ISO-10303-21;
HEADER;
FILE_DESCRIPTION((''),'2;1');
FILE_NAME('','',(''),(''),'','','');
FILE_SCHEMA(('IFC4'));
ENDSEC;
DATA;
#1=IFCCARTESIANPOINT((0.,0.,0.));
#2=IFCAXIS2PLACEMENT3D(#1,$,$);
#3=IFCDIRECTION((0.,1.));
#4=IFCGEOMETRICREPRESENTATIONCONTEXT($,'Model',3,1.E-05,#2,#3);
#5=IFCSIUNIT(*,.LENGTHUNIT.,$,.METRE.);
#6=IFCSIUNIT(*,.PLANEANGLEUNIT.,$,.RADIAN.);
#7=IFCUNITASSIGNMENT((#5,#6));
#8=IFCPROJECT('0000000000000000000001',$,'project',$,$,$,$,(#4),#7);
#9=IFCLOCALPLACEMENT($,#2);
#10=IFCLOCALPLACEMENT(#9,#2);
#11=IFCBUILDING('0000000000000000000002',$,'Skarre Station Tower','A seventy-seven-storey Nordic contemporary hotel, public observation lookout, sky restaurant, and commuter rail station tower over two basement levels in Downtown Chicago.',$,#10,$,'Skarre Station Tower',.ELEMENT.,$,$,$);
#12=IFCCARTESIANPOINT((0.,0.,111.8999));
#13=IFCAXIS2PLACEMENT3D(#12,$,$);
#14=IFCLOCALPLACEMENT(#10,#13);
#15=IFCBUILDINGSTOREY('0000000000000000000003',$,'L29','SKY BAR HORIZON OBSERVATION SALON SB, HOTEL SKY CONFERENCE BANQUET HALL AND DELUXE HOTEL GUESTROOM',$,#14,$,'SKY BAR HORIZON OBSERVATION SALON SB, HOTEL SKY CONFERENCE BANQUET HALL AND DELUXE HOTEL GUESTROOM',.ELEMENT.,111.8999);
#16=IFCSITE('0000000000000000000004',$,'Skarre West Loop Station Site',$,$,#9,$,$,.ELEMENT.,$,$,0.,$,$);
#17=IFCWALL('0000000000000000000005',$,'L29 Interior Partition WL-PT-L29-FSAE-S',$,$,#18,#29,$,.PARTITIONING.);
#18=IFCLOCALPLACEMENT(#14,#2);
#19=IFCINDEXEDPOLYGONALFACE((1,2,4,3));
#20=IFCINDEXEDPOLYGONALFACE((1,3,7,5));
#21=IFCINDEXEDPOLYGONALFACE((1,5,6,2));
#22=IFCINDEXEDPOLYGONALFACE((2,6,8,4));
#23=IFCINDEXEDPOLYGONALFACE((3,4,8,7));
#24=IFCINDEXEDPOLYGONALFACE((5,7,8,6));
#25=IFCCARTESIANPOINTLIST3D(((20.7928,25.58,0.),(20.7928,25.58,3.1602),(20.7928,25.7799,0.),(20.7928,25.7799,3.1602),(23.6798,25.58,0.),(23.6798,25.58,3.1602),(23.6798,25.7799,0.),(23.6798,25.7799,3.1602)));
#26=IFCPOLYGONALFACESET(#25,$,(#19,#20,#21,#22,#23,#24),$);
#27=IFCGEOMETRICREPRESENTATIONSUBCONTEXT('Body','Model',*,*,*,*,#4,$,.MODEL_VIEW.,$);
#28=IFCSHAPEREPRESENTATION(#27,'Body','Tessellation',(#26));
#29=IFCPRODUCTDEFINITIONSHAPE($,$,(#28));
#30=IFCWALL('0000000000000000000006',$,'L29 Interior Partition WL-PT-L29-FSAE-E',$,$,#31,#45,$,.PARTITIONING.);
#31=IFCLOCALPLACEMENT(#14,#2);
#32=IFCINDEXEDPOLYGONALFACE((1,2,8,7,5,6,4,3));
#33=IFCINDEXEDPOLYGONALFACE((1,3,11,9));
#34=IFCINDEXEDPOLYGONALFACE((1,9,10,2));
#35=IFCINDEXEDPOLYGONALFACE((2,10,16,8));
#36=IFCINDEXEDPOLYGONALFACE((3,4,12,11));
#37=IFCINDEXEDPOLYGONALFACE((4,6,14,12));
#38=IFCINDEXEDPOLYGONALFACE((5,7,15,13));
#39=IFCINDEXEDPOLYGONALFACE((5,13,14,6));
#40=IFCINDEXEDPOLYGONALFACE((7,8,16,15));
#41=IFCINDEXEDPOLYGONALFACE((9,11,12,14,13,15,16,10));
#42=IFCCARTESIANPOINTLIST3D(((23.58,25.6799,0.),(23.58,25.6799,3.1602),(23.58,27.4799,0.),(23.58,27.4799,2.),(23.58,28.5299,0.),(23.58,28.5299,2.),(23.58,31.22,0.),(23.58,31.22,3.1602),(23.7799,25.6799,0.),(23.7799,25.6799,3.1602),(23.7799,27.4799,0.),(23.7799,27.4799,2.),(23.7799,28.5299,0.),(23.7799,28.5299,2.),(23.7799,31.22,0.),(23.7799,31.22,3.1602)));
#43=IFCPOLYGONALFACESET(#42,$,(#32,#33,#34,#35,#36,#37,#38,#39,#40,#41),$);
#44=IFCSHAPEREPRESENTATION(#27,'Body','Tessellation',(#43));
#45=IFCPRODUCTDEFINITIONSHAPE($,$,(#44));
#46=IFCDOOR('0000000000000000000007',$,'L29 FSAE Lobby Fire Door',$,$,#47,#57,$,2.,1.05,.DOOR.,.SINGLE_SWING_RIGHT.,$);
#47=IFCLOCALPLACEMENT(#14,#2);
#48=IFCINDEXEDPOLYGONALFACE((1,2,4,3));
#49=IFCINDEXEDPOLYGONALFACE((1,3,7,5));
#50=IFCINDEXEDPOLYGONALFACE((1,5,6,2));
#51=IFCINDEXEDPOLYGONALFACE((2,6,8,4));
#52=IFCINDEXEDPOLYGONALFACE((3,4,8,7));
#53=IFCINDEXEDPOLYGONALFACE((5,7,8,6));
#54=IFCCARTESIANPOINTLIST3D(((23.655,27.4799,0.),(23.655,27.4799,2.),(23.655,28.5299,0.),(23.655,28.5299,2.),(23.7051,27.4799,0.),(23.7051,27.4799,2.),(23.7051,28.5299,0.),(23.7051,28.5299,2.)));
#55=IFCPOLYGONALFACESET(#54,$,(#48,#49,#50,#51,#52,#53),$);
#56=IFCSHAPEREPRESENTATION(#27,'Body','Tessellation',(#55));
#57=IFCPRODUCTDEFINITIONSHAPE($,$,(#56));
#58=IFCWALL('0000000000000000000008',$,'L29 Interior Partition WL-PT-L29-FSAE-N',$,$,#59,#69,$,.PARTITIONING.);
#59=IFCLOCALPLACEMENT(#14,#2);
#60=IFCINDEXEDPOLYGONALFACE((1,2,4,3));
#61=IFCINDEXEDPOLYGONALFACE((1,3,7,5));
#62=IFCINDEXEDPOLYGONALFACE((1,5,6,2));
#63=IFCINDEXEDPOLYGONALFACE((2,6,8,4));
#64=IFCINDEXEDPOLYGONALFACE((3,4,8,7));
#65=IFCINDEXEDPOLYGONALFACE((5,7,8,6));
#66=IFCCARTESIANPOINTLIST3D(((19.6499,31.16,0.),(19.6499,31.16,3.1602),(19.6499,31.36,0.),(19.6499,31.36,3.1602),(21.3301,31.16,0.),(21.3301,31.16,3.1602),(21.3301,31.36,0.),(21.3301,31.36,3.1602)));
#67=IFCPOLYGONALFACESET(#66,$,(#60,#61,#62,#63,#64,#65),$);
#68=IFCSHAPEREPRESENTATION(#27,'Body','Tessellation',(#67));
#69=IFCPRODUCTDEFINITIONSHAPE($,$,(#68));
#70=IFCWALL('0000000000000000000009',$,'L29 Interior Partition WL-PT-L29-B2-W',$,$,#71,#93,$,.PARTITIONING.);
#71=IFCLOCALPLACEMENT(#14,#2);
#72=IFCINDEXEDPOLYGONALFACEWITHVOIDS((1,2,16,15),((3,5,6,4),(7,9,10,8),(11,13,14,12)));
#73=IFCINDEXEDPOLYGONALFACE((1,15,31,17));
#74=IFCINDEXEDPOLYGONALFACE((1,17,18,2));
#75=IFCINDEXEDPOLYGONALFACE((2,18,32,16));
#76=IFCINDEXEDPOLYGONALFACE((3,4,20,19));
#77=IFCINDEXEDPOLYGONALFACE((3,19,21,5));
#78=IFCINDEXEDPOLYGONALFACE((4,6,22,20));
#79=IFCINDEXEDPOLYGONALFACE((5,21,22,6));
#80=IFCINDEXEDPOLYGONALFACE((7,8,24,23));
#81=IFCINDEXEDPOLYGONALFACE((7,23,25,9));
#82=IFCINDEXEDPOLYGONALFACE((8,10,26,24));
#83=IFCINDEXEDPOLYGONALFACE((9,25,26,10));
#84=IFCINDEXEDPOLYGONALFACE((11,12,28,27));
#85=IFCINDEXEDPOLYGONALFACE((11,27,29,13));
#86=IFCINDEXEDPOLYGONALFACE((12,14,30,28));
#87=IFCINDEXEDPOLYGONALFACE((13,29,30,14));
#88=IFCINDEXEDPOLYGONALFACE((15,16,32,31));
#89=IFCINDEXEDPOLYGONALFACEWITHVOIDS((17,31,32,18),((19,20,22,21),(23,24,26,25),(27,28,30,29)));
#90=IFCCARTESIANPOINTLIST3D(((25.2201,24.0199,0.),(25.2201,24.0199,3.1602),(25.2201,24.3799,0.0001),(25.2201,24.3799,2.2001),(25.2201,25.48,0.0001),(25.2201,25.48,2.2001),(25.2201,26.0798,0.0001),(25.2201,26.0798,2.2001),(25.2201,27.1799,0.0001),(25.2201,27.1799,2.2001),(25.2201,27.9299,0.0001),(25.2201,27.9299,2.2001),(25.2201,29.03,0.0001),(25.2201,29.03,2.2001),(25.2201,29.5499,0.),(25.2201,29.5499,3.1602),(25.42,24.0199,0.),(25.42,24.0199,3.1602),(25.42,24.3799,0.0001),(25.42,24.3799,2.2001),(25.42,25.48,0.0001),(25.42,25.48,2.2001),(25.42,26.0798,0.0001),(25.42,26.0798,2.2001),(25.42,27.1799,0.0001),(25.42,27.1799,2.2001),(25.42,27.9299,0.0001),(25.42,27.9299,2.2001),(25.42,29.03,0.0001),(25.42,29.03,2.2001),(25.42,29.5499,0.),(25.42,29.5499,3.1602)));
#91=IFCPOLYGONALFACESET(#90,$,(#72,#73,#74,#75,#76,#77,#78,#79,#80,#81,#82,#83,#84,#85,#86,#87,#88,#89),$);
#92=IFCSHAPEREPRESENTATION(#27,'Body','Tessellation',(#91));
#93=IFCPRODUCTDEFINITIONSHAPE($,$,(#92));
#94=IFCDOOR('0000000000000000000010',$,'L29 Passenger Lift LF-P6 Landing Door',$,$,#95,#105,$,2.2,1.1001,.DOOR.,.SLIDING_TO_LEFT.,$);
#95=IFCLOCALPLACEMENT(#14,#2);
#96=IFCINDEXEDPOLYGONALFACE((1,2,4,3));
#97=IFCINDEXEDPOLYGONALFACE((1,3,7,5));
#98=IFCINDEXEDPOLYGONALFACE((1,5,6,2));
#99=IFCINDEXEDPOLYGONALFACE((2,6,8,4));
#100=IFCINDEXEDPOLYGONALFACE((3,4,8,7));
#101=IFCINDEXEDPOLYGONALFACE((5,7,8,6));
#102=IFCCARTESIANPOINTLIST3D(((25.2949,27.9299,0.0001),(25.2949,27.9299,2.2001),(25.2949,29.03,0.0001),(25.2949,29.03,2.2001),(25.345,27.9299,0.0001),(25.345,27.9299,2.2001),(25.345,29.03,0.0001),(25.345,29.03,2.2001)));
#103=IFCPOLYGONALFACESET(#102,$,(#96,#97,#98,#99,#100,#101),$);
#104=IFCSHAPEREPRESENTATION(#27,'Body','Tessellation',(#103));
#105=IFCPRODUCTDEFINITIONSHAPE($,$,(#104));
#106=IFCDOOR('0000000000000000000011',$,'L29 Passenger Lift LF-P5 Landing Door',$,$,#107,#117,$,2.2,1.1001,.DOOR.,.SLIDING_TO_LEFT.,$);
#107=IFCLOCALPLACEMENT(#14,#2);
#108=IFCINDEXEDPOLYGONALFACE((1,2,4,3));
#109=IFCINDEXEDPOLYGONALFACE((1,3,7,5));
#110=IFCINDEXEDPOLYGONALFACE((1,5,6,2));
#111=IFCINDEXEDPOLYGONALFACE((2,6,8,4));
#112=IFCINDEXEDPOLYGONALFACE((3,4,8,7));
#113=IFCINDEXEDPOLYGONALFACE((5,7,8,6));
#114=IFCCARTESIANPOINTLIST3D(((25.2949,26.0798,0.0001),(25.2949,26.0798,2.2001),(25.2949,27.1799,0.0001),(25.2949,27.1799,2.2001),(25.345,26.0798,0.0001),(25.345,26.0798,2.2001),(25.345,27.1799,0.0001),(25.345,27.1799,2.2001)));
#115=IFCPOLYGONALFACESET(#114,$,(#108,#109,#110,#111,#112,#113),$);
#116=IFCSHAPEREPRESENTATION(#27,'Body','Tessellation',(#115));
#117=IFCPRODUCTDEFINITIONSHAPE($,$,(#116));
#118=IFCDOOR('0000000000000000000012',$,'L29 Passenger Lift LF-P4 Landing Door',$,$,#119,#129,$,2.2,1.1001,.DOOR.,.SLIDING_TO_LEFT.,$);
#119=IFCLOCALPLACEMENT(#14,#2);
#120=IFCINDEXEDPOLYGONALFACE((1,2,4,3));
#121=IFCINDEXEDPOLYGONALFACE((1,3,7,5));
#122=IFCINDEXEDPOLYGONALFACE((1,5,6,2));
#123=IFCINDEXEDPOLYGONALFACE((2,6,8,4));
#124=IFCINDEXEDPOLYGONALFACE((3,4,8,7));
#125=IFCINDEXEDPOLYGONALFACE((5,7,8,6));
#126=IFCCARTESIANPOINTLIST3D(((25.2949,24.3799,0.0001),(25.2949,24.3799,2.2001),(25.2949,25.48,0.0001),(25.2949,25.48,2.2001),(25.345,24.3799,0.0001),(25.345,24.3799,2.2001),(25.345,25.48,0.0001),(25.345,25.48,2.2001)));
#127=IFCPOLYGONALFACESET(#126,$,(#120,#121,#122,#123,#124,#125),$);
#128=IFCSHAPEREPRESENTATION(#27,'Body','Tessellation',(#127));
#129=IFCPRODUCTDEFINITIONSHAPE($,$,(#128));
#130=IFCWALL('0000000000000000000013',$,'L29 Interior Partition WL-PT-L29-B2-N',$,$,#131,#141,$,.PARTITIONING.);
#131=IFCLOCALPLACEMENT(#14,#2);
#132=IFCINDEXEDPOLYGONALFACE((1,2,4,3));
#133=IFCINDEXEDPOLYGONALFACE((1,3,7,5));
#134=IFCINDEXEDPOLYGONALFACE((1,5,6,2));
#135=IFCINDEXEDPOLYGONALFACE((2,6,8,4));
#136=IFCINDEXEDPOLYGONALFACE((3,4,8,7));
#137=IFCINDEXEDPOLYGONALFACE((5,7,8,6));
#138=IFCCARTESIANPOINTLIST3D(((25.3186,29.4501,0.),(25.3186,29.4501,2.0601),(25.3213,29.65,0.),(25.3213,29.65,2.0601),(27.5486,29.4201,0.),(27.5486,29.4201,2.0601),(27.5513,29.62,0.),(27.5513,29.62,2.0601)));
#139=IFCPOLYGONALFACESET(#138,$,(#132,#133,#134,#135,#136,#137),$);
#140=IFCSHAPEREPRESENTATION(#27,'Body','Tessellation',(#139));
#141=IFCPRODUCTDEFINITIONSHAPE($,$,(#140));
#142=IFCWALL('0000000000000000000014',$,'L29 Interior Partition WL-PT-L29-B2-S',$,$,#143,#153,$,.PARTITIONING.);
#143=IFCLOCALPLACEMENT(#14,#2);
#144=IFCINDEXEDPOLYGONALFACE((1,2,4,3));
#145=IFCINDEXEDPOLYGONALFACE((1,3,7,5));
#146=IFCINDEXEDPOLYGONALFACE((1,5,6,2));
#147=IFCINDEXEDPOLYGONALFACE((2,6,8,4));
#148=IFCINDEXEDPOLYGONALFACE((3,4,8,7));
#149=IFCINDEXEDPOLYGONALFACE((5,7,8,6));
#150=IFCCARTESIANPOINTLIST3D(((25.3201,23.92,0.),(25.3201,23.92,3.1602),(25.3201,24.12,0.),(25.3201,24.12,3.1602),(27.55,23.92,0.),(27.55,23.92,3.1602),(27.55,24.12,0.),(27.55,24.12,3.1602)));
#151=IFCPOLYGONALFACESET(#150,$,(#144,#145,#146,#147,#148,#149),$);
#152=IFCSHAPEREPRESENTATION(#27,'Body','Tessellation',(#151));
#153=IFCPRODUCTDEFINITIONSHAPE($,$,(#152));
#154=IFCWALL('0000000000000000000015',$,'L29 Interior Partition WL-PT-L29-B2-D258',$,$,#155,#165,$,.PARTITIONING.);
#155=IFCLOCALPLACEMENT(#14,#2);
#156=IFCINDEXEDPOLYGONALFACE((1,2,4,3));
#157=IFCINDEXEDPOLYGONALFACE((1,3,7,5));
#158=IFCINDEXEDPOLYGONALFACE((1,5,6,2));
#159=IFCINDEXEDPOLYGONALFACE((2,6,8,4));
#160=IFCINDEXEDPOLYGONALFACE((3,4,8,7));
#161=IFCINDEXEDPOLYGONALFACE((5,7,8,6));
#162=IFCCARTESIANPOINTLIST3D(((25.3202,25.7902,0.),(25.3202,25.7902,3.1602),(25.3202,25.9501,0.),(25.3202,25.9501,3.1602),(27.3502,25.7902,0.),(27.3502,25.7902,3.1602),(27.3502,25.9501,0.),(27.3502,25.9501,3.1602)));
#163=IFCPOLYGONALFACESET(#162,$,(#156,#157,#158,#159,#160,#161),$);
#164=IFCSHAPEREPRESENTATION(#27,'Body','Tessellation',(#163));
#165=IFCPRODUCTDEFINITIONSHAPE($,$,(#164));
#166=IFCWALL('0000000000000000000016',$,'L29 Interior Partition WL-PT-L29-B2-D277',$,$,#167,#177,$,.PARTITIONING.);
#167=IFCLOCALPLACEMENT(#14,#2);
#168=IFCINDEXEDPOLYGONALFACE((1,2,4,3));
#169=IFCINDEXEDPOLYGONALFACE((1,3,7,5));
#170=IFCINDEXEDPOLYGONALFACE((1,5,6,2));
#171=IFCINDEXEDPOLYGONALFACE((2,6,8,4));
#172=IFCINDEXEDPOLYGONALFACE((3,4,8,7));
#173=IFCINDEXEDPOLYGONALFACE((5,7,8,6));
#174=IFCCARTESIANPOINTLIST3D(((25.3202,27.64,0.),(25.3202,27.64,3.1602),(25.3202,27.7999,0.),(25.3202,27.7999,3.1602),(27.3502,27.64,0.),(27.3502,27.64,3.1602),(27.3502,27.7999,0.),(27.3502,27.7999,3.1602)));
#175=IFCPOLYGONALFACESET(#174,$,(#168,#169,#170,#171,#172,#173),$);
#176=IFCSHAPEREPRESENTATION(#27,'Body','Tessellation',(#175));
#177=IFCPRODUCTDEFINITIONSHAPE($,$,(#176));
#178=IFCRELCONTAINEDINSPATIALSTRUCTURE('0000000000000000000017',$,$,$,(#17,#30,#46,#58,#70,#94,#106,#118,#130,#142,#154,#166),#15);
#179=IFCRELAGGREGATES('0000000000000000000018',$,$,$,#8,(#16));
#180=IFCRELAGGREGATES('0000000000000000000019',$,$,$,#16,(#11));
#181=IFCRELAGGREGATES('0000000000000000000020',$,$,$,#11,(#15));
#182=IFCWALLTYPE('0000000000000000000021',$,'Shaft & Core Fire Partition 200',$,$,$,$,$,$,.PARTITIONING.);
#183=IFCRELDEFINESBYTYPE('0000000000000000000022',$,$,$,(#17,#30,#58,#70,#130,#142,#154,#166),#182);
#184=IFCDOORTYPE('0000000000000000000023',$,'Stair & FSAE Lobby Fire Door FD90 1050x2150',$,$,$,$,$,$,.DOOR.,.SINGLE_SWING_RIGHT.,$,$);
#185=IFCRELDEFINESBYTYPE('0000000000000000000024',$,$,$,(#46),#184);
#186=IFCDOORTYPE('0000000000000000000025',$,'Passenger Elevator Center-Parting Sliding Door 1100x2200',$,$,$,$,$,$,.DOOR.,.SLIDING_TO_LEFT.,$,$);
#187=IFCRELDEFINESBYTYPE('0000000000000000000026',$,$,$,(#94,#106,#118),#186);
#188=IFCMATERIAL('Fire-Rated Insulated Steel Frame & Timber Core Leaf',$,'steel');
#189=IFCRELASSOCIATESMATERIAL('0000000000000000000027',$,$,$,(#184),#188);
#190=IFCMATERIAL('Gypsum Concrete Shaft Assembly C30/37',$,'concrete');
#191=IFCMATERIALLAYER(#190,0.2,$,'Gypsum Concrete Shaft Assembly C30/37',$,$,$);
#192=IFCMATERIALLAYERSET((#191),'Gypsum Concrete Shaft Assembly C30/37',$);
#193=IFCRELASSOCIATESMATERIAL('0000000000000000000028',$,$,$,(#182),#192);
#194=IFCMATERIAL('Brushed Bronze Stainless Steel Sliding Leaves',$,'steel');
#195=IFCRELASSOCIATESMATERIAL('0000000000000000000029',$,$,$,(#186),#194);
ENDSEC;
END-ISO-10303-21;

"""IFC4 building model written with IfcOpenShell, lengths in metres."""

from ifc_helpers import new_model, si_unit, direction, frame, frame_2d, origin, place, context, subcontext, project, spatial, rectangle, extrude, material, layer, layer_set, type_object, element, fill, save


model = new_model("IFC4")

# Units and contexts
model_context = context("Model", 3, precision=1e-05, world=origin(), true_north=direction((0.0, 1.0)))
body_context = subcontext(model_context, "Body", "Model", "MODEL_VIEW")
ifc_project = project(units=[si_unit("LENGTHUNIT", "METRE"), si_unit("PLANEANGLEUNIT", "RADIAN")], contexts=[model_context])

# Site, building, storey
site_placement = place(None, origin())
site = spatial("IfcSite", under=ifc_project, at=site_placement, Name="Skarre West Loop Station Site", CompositionType="ELEMENT", RefElevation=0.0)
building_placement = place(site_placement, origin())
building = spatial("IfcBuilding", under=site, at=building_placement, Name="Skarre Station Tower", Description="A seventy-seven-storey Nordic contemporary hotel, public observation lookout, sky restaurant, and commuter rail station tower over two basement levels in Downtown Chicago.", LongName="Skarre Station Tower", CompositionType="ELEMENT")
storey_placement = place(building_placement, frame((0.0, 0.0, 111.8999)))
storey = spatial("IfcBuildingStorey", under=building, at=storey_placement, Name="L29", Description="SKY BAR HORIZON OBSERVATION SALON SB, HOTEL SKY CONFERENCE BANQUET HALL AND DELUXE HOTEL GUESTROOM", LongName="SKY BAR HORIZON OBSERVATION SALON SB, HOTEL SKY CONFERENCE BANQUET HALL AND DELUXE HOTEL GUESTROOM", CompositionType="ELEMENT", Elevation=111.8999)

# Shared definitions
ifc_material_1 = material(Name="Fire-Rated Insulated Steel Frame & Timber Core Leaf", Category="steel")
door_type_1 = type_object("IfcDoorType", Name="Stair & FSAE Lobby Fire Door FD90 1050x2150", OperationType="SINGLE_SWING_RIGHT", PredefinedType="DOOR", material=ifc_material_1)

# Wall
ifc_material_2 = material(Name="Gypsum Concrete Shaft Assembly C30/37", Category="concrete")
ifc_layer_1 = layer(ifc_material_2, 0.2, Name="Gypsum Concrete Shaft Assembly C30/37")
ifc_layer_set_1 = layer_set([ifc_layer_1], Name="Gypsum Concrete Shaft Assembly C30/37")
wall_type_1 = type_object("IfcWallType", Name="Shaft & Core Fire Partition 200", PredefinedType="PARTITIONING", material=ifc_layer_set_1)
wall_1_placement = place(storey_placement, frame((20.793, 25.6799, 0.0), z_axis=(0.0, 0.0, 1.0), x_axis=(1.0, 0.0, 0.0)))
element("IfcWall", 1, at=wall_1_placement, inside=storey, type_object=wall_type_1, Name="L29 Interior Partition WL-PT-L29-FSAE-S", PredefinedType="PARTITIONING", context=body_context, shape_type="SweptSolid", body=[
    extrude(rectangle(XDim=2.887, YDim=0.2, at=frame_2d((1.4434, 0.0))), origin(), (0.0, 0.0, 1.0), 3.1602),
])

# Wall, opening, door
wall_2_placement = place(storey_placement, frame((23.6799, 25.6799, 0.0), z_axis=(0.0, 0.0, 1.0), x_axis=(0.0, 1.0, 0.0)))
wall_2 = element("IfcWall", 2, at=wall_2_placement, inside=storey, type_object=wall_type_1, Name="L29 Interior Partition WL-PT-L29-FSAE-E", PredefinedType="PARTITIONING", context=body_context, shape_type="SweptSolid", body=[
    extrude(rectangle(XDim=5.54, YDim=0.2, at=frame_2d((2.77, 0.0))), origin(), (0.0, 0.0, 1.0), 3.1602),
])
opening_1_placement = place(wall_2_placement, frame((1.8, 0.0, 0.0)))
opening_1 = element("IfcOpeningElement", 3, at=opening_1_placement, cuts=wall_2, PredefinedType="OPENING", context=body_context, shape_type="SweptSolid", body=[
    extrude(rectangle(XDim=1.05, YDim=2.0, at=frame_2d((0.5249, 1.0))), frame((0.0, 0.1099, 0.0), z_axis=(0.0, -1.0, 0.0), x_axis=(1.0, 0.0, 0.0)), (0.0, 0.0, 1.0), 0.22),
])
door_1_placement = place(opening_1_placement, origin())
door_1 = element("IfcDoor", 4, at=door_1_placement, inside=storey, type_object=door_type_1, Name="L29 FSAE Lobby Fire Door", OperationType="SINGLE_SWING_RIGHT", OverallHeight=2.0, OverallWidth=1.05, PredefinedType="DOOR", context=body_context, shape_type="SweptSolid", body=[
    extrude(rectangle(XDim=1.05, YDim=2.0, at=frame_2d((0.5249, 1.0))), frame((0.0, 0.0249, 0.0), z_axis=(0.0, -1.0, 0.0), x_axis=(1.0, 0.0, 0.0)), (0.0, 0.0, 1.0), 0.05),
])
fill(opening_1, door_1)

# Wall
wall_3_placement = place(storey_placement, frame((21.3301, 31.26, 0.0), z_axis=(0.0, 0.0, 1.0), x_axis=(-1.0, 0.0, 0.0)))
element("IfcWall", 5, at=wall_3_placement, inside=storey, type_object=wall_type_1, Name="L29 Interior Partition WL-PT-L29-FSAE-N", PredefinedType="PARTITIONING", context=body_context, shape_type="SweptSolid", body=[
    extrude(rectangle(XDim=1.6802, YDim=0.2, at=frame_2d((0.8401, 0.0))), origin(), (0.0, 0.0, 1.0), 3.1602),
])

# Wall, openings, doors
wall_4_placement = place(storey_placement, frame((25.3201, 29.55, 0.0), z_axis=(0.0, 0.0, 1.0), x_axis=(0.0, -1.0, 0.0)))
wall_4 = element("IfcWall", 6, at=wall_4_placement, inside=storey, type_object=wall_type_1, Name="L29 Interior Partition WL-PT-L29-B2-W", PredefinedType="PARTITIONING", context=body_context, shape_type="SweptSolid", body=[
    extrude(rectangle(XDim=5.53, YDim=0.2, at=frame_2d((2.7651, 0.0))), origin(), (0.0, 0.0, 1.0), 3.1602),
])
opening_2_placement = place(wall_4_placement, frame((0.52, 0.0, 0.0)))
opening_2 = element("IfcOpeningElement", 7, at=opening_2_placement, cuts=wall_4, PredefinedType="OPENING", context=body_context, shape_type="SweptSolid", body=[
    extrude(rectangle(XDim=1.1001, YDim=2.2, at=frame_2d((0.55, 1.1001))), frame((0.0, 0.1099, 0.0), z_axis=(0.0, -1.0, 0.0), x_axis=(1.0, 0.0, 0.0)), (0.0, 0.0, 1.0), 0.22),
])
opening_3_placement = place(wall_4_placement, frame((2.3701, 0.0, 0.0)))
opening_3 = element("IfcOpeningElement", 8, at=opening_3_placement, cuts=wall_4, PredefinedType="OPENING", context=body_context, shape_type="SweptSolid", body=[
    extrude(rectangle(XDim=1.1001, YDim=2.2, at=frame_2d((0.55, 1.1001))), frame((0.0, 0.1099, 0.0), z_axis=(0.0, -1.0, 0.0), x_axis=(1.0, 0.0, 0.0)), (0.0, 0.0, 1.0), 0.22),
])
opening_4_placement = place(wall_4_placement, frame((4.0701, 0.0, 0.0)))
opening_4 = element("IfcOpeningElement", 9, at=opening_4_placement, cuts=wall_4, PredefinedType="OPENING", context=body_context, shape_type="SweptSolid", body=[
    extrude(rectangle(XDim=1.1001, YDim=2.2, at=frame_2d((0.55, 1.1001))), frame((0.0, 0.1099, 0.0), z_axis=(0.0, -1.0, 0.0), x_axis=(1.0, 0.0, 0.0)), (0.0, 0.0, 1.0), 0.22),
])
ifc_material_3 = material(Name="Brushed Bronze Stainless Steel Sliding Leaves", Category="steel")
door_type_2 = type_object("IfcDoorType", Name="Passenger Elevator Center-Parting Sliding Door 1100x2200", OperationType="SLIDING_TO_LEFT", PredefinedType="DOOR", material=ifc_material_3)
door_2_placement = place(opening_2_placement, origin())
door_2 = element("IfcDoor", 10, at=door_2_placement, inside=storey, type_object=door_type_2, Name="L29 Passenger Lift LF-P6 Landing Door", OperationType="SLIDING_TO_LEFT", OverallHeight=2.2, OverallWidth=1.1001, PredefinedType="DOOR", context=body_context, shape_type="SweptSolid", body=[
    extrude(rectangle(XDim=1.1001, YDim=2.2, at=frame_2d((0.55, 1.1001))), frame((0.0, 0.0249, 0.0), z_axis=(0.0, -1.0, 0.0), x_axis=(1.0, 0.0, 0.0)), (0.0, 0.0, 1.0), 0.05),
])
fill(opening_2, door_2)
door_3_placement = place(opening_3_placement, origin())
door_3 = element("IfcDoor", 11, at=door_3_placement, inside=storey, type_object=door_type_2, Name="L29 Passenger Lift LF-P5 Landing Door", OperationType="SLIDING_TO_LEFT", OverallHeight=2.2, OverallWidth=1.1001, PredefinedType="DOOR", context=body_context, shape_type="SweptSolid", body=[
    extrude(rectangle(XDim=1.1001, YDim=2.2, at=frame_2d((0.55, 1.1001))), frame((0.0, 0.0249, 0.0), z_axis=(0.0, -1.0, 0.0), x_axis=(1.0, 0.0, 0.0)), (0.0, 0.0, 1.0), 0.05),
])
fill(opening_3, door_3)
door_4_placement = place(opening_4_placement, origin())
door_4 = element("IfcDoor", 12, at=door_4_placement, inside=storey, type_object=door_type_2, Name="L29 Passenger Lift LF-P4 Landing Door", OperationType="SLIDING_TO_LEFT", OverallHeight=2.2, OverallWidth=1.1001, PredefinedType="DOOR", context=body_context, shape_type="SweptSolid", body=[
    extrude(rectangle(XDim=1.1001, YDim=2.2, at=frame_2d((0.55, 1.1001))), frame((0.0, 0.0249, 0.0), z_axis=(0.0, -1.0, 0.0), x_axis=(1.0, 0.0, 0.0)), (0.0, 0.0, 1.0), 0.05),
])
fill(opening_4, door_4)

# Walls
wall_5_placement = place(storey_placement, frame((27.55, 29.52, 0.0), z_axis=(0.0, 0.0, 1.0), x_axis=(-0.999909, 0.013465, 0.0)))
element("IfcWall", 13, at=wall_5_placement, inside=storey, type_object=wall_type_1, Name="L29 Interior Partition WL-PT-L29-B2-N", PredefinedType="PARTITIONING", context=body_context, shape_type="SweptSolid", body=[
    extrude(rectangle(XDim=2.2302, YDim=0.2, at=frame_2d((1.1152, 0.0))), origin(), (0.0, 0.0, 1.0), 2.0601),
])
wall_6_placement = place(storey_placement, frame((25.3201, 24.02, 0.0), z_axis=(0.0, 0.0, 1.0), x_axis=(1.0, 0.0, 0.0)))
element("IfcWall", 14, at=wall_6_placement, inside=storey, type_object=wall_type_1, Name="L29 Interior Partition WL-PT-L29-B2-S", PredefinedType="PARTITIONING", context=body_context, shape_type="SweptSolid", body=[
    extrude(rectangle(XDim=2.23, YDim=0.2, at=frame_2d((1.115, 0.0))), origin(), (0.0, 0.0, 1.0), 3.1602),
])
for number, where, z_axis, x_axis, name in (
    (15, (25.3201, 25.8701, 0.0), (0.0, 0.0, 1.0), (1.0, 0.0, 0.0), "L29 Interior Partition WL-PT-L29-B2-D258"),
    (16, (25.3201, 27.72, 0.0), (0.0, 0.0, 1.0), (1.0, 0.0, 0.0), "L29 Interior Partition WL-PT-L29-B2-D277"),
):
    element("IfcWall", number, at=place(storey_placement, frame(where, z_axis=z_axis, x_axis=x_axis)), inside=storey, type_object=wall_type_1, Name=name, PredefinedType="PARTITIONING", context=body_context, shape_type="SweptSolid", body=[
        extrude(rectangle(XDim=2.03, YDim=0.1599, at=frame_2d((1.0151, 0.0))), origin(), (0.0, 0.0, 1.0), 3.1602),
    ])

save(model, "model.ifc")
